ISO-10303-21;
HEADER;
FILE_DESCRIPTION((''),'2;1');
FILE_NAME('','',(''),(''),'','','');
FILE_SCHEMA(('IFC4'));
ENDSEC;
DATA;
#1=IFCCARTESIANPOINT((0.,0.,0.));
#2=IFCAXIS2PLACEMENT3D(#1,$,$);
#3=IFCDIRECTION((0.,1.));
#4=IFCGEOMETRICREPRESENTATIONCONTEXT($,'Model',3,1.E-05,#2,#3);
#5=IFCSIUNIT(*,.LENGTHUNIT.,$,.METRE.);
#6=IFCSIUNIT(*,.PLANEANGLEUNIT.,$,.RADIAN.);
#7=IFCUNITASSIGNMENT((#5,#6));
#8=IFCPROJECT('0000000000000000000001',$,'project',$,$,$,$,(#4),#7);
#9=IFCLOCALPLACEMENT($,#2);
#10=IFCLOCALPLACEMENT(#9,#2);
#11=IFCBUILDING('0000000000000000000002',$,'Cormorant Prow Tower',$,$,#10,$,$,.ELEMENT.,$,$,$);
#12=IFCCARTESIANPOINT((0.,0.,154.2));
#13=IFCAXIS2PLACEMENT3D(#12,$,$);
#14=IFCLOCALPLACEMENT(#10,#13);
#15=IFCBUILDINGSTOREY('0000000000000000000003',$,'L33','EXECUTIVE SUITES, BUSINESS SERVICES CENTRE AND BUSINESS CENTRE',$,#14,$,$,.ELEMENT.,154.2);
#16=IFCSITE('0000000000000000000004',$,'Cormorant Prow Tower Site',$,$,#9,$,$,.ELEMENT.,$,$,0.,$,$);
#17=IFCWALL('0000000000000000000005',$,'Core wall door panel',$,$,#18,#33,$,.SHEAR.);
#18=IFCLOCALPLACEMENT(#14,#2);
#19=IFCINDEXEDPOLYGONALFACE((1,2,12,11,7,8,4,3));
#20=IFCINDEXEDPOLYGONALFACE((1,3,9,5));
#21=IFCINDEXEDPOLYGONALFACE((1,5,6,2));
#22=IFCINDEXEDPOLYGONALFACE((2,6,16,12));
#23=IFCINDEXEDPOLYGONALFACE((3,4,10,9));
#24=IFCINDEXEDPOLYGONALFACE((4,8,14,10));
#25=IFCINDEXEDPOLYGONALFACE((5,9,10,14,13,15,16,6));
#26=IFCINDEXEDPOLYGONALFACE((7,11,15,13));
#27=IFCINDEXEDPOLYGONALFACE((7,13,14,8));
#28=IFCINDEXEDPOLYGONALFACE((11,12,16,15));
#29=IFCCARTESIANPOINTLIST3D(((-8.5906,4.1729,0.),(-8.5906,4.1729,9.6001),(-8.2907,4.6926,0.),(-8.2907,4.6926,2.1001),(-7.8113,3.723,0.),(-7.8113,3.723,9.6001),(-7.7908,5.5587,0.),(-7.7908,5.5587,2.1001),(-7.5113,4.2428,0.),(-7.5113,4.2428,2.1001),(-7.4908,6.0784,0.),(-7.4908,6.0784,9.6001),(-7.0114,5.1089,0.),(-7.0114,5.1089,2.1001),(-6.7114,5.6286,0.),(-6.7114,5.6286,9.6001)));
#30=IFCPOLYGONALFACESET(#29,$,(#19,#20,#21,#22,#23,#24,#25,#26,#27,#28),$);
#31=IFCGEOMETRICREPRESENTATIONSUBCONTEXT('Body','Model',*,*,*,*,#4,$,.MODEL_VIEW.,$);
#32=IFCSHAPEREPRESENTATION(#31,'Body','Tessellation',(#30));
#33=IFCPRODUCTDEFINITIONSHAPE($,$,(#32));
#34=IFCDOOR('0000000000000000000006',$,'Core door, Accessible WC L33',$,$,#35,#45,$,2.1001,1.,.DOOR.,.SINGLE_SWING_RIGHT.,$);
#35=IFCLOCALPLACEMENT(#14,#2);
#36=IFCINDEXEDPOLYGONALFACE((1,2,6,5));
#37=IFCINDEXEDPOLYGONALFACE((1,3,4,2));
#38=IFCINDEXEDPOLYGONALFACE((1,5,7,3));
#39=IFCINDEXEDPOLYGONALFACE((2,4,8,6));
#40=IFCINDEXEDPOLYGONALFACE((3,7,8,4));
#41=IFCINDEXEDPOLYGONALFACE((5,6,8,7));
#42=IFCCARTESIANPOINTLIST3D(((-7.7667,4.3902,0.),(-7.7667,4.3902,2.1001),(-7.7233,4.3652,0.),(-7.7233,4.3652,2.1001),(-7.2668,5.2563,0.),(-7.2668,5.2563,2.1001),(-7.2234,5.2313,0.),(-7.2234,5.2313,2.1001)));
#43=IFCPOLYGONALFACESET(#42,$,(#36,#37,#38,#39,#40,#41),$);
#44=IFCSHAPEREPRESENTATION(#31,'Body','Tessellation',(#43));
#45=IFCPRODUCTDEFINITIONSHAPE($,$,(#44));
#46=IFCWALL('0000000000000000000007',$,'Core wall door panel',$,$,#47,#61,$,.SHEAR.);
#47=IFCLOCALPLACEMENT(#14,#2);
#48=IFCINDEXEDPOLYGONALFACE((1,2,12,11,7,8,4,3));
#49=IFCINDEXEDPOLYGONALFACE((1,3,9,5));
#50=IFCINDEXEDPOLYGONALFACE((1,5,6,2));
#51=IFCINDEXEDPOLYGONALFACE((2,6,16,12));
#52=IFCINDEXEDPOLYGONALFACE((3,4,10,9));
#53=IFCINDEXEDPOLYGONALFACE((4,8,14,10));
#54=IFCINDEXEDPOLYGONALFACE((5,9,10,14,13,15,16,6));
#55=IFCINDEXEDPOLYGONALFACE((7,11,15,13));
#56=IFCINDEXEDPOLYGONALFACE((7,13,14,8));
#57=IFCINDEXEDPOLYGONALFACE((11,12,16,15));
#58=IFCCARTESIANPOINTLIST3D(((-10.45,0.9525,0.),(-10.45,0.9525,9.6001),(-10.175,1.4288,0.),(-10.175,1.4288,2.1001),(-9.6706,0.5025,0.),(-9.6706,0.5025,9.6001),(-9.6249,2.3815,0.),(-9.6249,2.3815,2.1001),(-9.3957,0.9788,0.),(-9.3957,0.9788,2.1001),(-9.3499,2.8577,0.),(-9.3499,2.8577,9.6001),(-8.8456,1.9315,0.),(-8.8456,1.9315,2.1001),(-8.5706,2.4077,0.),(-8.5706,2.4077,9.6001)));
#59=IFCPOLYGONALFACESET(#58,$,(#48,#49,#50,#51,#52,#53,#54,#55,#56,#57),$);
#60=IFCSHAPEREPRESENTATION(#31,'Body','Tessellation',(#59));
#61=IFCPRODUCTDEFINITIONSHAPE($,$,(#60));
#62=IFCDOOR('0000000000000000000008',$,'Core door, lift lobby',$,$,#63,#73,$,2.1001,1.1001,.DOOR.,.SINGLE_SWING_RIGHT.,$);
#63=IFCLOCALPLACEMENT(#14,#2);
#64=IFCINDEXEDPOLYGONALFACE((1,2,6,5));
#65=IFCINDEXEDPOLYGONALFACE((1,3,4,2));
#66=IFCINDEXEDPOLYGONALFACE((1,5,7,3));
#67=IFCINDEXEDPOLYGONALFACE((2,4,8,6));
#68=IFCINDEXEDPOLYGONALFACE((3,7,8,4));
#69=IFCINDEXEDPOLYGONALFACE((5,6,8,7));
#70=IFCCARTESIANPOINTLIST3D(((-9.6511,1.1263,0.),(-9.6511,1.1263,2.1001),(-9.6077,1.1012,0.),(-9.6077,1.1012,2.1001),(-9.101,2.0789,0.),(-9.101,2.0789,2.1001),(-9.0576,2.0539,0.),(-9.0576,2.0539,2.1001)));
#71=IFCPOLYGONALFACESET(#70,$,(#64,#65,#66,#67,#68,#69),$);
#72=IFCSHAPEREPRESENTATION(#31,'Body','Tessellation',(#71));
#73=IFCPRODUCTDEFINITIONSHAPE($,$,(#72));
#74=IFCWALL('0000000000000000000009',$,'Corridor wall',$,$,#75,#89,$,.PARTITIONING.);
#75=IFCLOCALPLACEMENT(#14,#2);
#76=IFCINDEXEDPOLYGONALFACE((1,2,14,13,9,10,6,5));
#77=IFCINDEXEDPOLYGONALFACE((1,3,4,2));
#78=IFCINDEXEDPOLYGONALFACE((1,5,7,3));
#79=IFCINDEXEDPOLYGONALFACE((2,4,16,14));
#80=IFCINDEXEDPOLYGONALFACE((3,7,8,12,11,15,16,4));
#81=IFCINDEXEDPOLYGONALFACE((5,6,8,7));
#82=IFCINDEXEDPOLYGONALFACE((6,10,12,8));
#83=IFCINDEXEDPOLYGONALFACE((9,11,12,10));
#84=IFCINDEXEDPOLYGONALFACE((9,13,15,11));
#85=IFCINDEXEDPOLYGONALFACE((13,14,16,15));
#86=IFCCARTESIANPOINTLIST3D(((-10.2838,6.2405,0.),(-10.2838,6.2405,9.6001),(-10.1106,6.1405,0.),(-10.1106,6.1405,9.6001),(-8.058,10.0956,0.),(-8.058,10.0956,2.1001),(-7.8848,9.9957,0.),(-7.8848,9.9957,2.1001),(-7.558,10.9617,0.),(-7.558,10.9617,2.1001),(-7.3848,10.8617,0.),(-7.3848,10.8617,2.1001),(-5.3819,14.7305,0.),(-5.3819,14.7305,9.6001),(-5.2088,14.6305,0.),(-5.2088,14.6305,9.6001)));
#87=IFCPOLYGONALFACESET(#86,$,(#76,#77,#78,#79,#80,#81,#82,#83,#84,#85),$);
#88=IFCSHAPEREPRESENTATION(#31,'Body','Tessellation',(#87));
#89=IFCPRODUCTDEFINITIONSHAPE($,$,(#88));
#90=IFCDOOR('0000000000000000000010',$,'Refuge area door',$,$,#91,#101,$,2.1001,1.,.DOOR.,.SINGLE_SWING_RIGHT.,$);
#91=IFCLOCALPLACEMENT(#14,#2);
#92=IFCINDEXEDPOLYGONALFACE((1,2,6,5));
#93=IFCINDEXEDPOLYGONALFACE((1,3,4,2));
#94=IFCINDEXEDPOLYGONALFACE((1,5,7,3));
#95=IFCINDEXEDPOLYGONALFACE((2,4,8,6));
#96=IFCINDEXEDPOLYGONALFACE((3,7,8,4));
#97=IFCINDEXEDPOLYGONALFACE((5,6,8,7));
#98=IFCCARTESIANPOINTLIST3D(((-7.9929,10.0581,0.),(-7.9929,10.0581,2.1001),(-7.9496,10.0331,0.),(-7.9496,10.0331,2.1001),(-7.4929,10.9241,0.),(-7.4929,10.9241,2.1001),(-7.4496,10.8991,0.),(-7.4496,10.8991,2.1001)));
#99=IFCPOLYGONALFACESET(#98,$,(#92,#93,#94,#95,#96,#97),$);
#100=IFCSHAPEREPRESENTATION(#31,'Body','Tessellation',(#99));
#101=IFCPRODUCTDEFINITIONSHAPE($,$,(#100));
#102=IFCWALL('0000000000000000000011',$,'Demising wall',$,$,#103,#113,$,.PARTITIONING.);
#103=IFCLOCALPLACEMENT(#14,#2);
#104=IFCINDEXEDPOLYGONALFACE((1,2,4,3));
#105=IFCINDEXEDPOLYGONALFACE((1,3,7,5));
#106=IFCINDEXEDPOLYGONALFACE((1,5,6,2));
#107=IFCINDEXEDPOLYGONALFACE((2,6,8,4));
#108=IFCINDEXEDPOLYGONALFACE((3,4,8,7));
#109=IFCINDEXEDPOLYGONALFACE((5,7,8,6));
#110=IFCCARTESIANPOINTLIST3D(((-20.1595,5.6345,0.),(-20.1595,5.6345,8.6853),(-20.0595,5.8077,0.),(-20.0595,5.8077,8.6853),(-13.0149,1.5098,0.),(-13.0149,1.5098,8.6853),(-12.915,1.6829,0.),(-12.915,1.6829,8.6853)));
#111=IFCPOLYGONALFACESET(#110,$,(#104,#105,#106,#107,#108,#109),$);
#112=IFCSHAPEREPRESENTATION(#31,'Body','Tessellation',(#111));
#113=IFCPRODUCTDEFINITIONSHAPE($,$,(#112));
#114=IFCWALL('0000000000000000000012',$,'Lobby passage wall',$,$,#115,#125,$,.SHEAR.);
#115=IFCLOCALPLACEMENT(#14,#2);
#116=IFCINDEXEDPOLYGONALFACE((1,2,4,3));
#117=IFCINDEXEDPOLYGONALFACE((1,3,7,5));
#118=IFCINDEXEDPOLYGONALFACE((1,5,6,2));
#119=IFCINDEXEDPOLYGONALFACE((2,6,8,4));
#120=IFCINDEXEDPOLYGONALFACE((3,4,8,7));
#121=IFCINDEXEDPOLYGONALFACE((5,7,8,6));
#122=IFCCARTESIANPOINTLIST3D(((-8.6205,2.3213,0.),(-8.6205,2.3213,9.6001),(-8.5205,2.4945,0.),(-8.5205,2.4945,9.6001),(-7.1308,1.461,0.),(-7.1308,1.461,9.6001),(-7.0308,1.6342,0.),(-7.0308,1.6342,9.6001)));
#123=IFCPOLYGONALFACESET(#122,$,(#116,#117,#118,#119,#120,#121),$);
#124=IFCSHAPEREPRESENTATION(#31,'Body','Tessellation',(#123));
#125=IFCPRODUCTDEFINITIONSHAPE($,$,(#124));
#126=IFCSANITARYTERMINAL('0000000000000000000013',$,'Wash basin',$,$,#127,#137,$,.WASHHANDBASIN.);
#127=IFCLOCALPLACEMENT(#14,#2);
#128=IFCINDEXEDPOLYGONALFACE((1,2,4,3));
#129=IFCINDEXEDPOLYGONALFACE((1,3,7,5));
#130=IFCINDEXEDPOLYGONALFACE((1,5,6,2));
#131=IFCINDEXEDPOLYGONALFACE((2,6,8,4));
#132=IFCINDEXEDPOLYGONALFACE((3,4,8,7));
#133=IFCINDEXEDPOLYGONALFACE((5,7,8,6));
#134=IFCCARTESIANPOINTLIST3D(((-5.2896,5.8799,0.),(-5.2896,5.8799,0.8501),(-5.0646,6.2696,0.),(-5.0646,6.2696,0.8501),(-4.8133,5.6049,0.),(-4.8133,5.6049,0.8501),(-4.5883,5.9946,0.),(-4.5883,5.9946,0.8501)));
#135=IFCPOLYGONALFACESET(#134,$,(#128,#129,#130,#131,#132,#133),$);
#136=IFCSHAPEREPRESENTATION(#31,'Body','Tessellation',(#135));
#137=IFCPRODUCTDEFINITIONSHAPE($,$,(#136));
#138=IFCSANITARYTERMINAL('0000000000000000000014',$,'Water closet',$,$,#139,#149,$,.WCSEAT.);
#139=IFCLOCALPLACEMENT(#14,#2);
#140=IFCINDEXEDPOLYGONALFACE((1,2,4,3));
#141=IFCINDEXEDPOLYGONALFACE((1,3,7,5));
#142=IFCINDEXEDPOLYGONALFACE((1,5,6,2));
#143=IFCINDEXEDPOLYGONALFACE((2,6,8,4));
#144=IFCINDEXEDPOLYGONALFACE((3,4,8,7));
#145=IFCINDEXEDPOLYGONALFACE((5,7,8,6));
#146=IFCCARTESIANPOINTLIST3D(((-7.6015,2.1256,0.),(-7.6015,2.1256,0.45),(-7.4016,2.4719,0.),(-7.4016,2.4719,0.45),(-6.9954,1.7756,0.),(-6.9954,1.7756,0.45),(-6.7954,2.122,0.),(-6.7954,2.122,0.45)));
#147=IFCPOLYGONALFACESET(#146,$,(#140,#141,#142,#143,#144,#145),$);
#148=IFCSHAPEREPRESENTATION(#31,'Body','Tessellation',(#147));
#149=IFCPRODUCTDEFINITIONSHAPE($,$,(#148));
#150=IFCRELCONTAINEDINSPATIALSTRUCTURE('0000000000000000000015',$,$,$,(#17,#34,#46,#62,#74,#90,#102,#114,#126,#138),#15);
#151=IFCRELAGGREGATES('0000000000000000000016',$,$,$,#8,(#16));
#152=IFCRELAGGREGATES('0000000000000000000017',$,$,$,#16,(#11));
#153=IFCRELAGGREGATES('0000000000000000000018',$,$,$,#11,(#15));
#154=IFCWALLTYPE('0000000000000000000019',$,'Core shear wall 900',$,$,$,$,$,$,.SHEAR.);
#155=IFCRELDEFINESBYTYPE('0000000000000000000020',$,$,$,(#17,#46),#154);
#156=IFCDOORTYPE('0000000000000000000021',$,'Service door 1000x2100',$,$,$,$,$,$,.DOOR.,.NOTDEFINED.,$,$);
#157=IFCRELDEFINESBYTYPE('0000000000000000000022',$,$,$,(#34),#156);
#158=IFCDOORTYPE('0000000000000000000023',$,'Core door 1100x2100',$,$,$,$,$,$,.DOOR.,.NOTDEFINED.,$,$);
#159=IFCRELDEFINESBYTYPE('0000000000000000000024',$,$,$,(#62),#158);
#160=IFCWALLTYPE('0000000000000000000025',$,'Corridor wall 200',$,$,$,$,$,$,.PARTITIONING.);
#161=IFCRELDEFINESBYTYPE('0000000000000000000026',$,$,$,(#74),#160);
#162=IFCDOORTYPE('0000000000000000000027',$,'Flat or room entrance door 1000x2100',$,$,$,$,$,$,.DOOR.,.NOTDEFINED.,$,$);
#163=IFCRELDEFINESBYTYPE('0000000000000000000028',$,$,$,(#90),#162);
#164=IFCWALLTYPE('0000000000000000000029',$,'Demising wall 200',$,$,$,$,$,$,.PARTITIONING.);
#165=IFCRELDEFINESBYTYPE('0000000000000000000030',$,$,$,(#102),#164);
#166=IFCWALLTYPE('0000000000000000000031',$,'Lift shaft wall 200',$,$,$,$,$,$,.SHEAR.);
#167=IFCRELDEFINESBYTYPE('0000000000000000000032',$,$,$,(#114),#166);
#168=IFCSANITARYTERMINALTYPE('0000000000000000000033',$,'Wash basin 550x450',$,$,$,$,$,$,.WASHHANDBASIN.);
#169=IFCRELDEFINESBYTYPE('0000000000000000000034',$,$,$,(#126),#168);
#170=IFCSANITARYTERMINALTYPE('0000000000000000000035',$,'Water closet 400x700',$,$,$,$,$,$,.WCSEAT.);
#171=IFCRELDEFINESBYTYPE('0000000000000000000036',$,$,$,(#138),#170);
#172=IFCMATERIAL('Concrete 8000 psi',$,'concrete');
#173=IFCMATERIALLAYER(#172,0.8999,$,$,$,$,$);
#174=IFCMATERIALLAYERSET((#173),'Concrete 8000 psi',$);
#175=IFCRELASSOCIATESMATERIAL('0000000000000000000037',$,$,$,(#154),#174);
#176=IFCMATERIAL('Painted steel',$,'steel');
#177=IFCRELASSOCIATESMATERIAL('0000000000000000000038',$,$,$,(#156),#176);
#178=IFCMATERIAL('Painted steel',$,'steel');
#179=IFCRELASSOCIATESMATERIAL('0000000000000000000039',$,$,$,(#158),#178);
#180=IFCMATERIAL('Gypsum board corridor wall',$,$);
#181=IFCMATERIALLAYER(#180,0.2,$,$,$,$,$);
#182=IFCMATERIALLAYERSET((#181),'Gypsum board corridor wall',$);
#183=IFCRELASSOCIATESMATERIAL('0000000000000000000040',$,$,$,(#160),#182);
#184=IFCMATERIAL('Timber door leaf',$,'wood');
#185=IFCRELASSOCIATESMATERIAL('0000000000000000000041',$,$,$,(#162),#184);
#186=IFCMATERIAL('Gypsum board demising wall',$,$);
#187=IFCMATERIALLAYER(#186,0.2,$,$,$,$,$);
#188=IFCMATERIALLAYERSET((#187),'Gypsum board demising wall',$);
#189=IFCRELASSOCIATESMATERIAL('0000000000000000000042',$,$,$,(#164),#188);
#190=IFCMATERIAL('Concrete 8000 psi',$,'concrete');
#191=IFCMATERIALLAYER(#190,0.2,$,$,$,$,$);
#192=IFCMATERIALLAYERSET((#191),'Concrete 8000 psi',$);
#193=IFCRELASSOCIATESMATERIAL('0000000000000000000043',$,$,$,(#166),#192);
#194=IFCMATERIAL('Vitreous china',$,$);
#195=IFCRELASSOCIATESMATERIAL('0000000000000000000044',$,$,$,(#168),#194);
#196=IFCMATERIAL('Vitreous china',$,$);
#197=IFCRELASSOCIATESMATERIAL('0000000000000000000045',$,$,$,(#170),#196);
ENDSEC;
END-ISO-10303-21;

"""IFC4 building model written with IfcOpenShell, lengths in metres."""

from ifc_helpers import new_model, si_unit, direction, frame, frame_2d, origin, origin_2d, place, context, subcontext, project, spatial, rectangle, extrude, material, layer, layer_set, type_object, element, fill, save


model = new_model("IFC4")

# Units and contexts
model_context = context("Model", 3, precision=1e-05, world=origin(), true_north=direction((0.0, 1.0)))
body_context = subcontext(model_context, "Body", "Model", "MODEL_VIEW")
ifc_project = project(units=[si_unit("LENGTHUNIT", "METRE"), si_unit("PLANEANGLEUNIT", "RADIAN")], contexts=[model_context])

# Site, building, storey
site_placement = place(None, origin())
site = spatial("IfcSite", under=ifc_project, at=site_placement, Name="Cormorant Prow Tower Site", CompositionType="ELEMENT", RefElevation=0.0)
building_placement = place(site_placement, origin())
building = spatial("IfcBuilding", under=site, at=building_placement, Name="Cormorant Prow Tower", CompositionType="ELEMENT")
storey_placement = place(building_placement, frame((0.0, 0.0, 154.2)))
storey = spatial("IfcBuildingStorey", under=building, at=storey_placement, Name="L33", Description="EXECUTIVE SUITES, BUSINESS SERVICES CENTRE AND BUSINESS CENTRE", CompositionType="ELEMENT", Elevation=154.2)

# Shared definitions
ifc_material_1 = material(Name="Concrete 8000 psi", Category="concrete")
ifc_layer_1 = layer(ifc_material_1, 0.8999)
ifc_layer_set_1 = layer_set([ifc_layer_1], Name="Concrete 8000 psi")
wall_type_1 = type_object("IfcWallType", Name="Core shear wall 900", PredefinedType="SHEAR", material=ifc_layer_set_1)

# Walls, openings, doors
wall_1_placement = place(storey_placement, frame((-7.1011, 5.8535, 0.0), z_axis=(0.0, 0.0, 1.0), x_axis=(-0.499899, -0.866084, 0.0)))
wall_1 = element("IfcWall", 1, at=wall_1_placement, inside=storey, type_object=wall_type_1, Name="Core wall door panel", PredefinedType="SHEAR", context=body_context, shape_type="SweptSolid", body=[
    extrude(rectangle(XDim=2.2002, YDim=0.8999, at=frame_2d((1.1001, 0.0))), origin(), (0.0, 0.0, 1.0), 9.6001),
])
opening_1_placement = place(wall_1_placement, frame((0.6001, 0.0, 0.0)))
opening_1 = element("IfcOpeningElement", 2, at=opening_1_placement, cuts=wall_1, PredefinedType="OPENING", context=body_context, shape_type="SweptSolid", body=[
    extrude(rectangle(XDim=1.0, YDim=2.1001, at=frame_2d((0.5, 1.05))), frame((0.0, 0.46, 0.0), z_axis=(0.0, -1.0, 0.0), x_axis=(1.0, 0.0, 0.0)), (0.0, 0.0, 1.0), 0.9199),
])
ifc_material_2 = material(Name="Painted steel", Category="steel")
door_type_1 = type_object("IfcDoorType", Name="Service door 1000x2100", OperationType="NOTDEFINED", PredefinedType="DOOR", material=ifc_material_2)
door_1_placement = place(opening_1_placement, origin())
door_1 = element("IfcDoor", 3, at=door_1_placement, inside=storey, type_object=door_type_1, Name="Core door, Accessible WC L33", OperationType="SINGLE_SWING_RIGHT", OverallHeight=2.1001, OverallWidth=1.0, PredefinedType="DOOR", context=body_context, shape_type="SweptSolid", body=[
    extrude(rectangle(XDim=1.0, YDim=2.1001, at=frame_2d((0.5, 1.05))), frame((0.0, 0.2051, 0.0), z_axis=(0.0, -1.0, 0.0), x_axis=(1.0, 0.0, 0.0)), (0.0, 0.0, 1.0), 0.05),
])
fill(opening_1, door_1)
wall_2_placement = place(storey_placement, frame((-8.9602, 2.6328, 0.0), z_axis=(0.0, 0.0, 1.0), x_axis=(-0.50003, -0.866008, 0.0)))
wall_2 = element("IfcWall", 4, at=wall_2_placement, inside=storey, type_object=wall_type_1, Name="Core wall door panel", PredefinedType="SHEAR", context=body_context, shape_type="SweptSolid", body=[
    extrude(rectangle(XDim=2.2, YDim=0.8999, at=frame_2d((1.1001, 0.0))), origin(), (0.0, 0.0, 1.0), 9.6001),
])
opening_2_placement = place(wall_2_placement, frame((0.55, 0.0, 0.0)))
opening_2 = element("IfcOpeningElement", 5, at=opening_2_placement, cuts=wall_2, PredefinedType="OPENING", context=body_context, shape_type="SweptSolid", body=[
    extrude(rectangle(XDim=1.1001, YDim=2.1001, at=frame_2d((0.55, 1.05))), frame((0.0, 0.46, 0.0), z_axis=(0.0, -1.0, 0.0), x_axis=(1.0, 0.0, 0.0)), (0.0, 0.0, 1.0), 0.9199),
])
ifc_material_3 = material(Name="Painted steel", Category="steel")
door_type_2 = type_object("IfcDoorType", Name="Core door 1100x2100", OperationType="NOTDEFINED", PredefinedType="DOOR", material=ifc_material_3)
door_2_placement = place(opening_2_placement, origin())
door_2 = element("IfcDoor", 6, at=door_2_placement, inside=storey, type_object=door_type_2, Name="Core door, lift lobby", OperationType="SINGLE_SWING_RIGHT", OverallHeight=2.1001, OverallWidth=1.1001, PredefinedType="DOOR", context=body_context, shape_type="SweptSolid", body=[
    extrude(rectangle(XDim=1.1001, YDim=2.1001, at=frame_2d((0.55, 1.05))), frame((0.0, 0.2051, 0.0), z_axis=(0.0, -1.0, 0.0), x_axis=(1.0, 0.0, 0.0)), (0.0, 0.0, 1.0), 0.05),
])
fill(opening_2, door_2)
ifc_material_4 = material(Name="Gypsum board corridor wall")
ifc_layer_2 = layer(ifc_material_4, 0.2)
ifc_layer_set_2 = layer_set([ifc_layer_2], Name="Gypsum board corridor wall")
wall_type_2 = type_object("IfcWallType", Name="Corridor wall 200", PredefinedType="PARTITIONING", material=ifc_layer_set_2)
wall_3_placement = place(storey_placement, frame((-10.1973, 6.1904, 0.0), z_axis=(0.0, 0.0, 1.0), x_axis=(0.500012, 0.866018, 0.0)))
wall_3 = element("IfcWall", 7, at=wall_3_placement, inside=storey, type_object=wall_type_2, Name="Corridor wall", PredefinedType="PARTITIONING", context=body_context, shape_type="SweptSolid", body=[
    extrude(rectangle(XDim=9.8035, YDim=0.2, at=frame_2d((4.9019, 0.0))), origin(), (0.0, 0.0, 1.0), 9.6001),
])
opening_3_placement = place(wall_3_placement, frame((4.4517, 0.0, 0.0)))
opening_3 = element("IfcOpeningElement", 8, at=opening_3_placement, cuts=wall_3, PredefinedType="OPENING", context=body_context, shape_type="SweptSolid", body=[
    extrude(rectangle(XDim=1.0, YDim=2.1001, at=frame_2d((0.5, 1.05))), frame((0.0, 0.1099, 0.0), z_axis=(0.0, -1.0, 0.0), x_axis=(1.0, 0.0, 0.0)), (0.0, 0.0, 1.0), 0.22),
])
ifc_material_5 = material(Name="Timber door leaf", Category="wood")
door_type_3 = type_object("IfcDoorType", Name="Flat or room entrance door 1000x2100", OperationType="NOTDEFINED", PredefinedType="DOOR", material=ifc_material_5)
door_3_placement = place(opening_3_placement, origin())
door_3 = element("IfcDoor", 9, at=door_3_placement, inside=storey, type_object=door_type_3, Name="Refuge area door", OperationType="SINGLE_SWING_RIGHT", OverallHeight=2.1001, OverallWidth=1.0, PredefinedType="DOOR", context=body_context, shape_type="SweptSolid", body=[
    extrude(rectangle(XDim=1.0, YDim=2.1001, at=frame_2d((0.5, 1.05))), frame((0.0, 0.0249, 0.0), z_axis=(0.0, -1.0, 0.0), x_axis=(1.0, 0.0, 0.0)), (0.0, 0.0, 1.0), 0.05),
])
fill(opening_3, door_3)

# Walls
ifc_material_6 = material(Name="Gypsum board demising wall")
ifc_layer_3 = layer(ifc_material_6, 0.2)
ifc_layer_set_3 = layer_set([ifc_layer_3], Name="Gypsum board demising wall")
wall_type_3 = type_object("IfcWallType", Name="Demising wall 200", PredefinedType="PARTITIONING", material=ifc_layer_set_3)
wall_4_placement = place(storey_placement, frame((-20.1096, 5.7212, 0.0), z_axis=(0.0, 0.0, 1.0), x_axis=(0.866033, -0.499987, 0.0)))
element("IfcWall", 10, at=wall_4_placement, inside=storey, type_object=wall_type_3, Name="Demising wall", PredefinedType="PARTITIONING", context=body_context, shape_type="SweptSolid", body=[
    extrude(rectangle(XDim=8.2498, YDim=0.2, at=frame_2d((4.125, 0.0))), origin(), (0.0, 0.0, 1.0), 8.6853),
])
ifc_material_7 = material(Name="Concrete 8000 psi", Category="concrete")
ifc_layer_4 = layer(ifc_material_7, 0.2)
ifc_layer_set_4 = layer_set([ifc_layer_4], Name="Concrete 8000 psi")
wall_type_4 = type_object("IfcWallType", Name="Lift shaft wall 200", PredefinedType="SHEAR", material=ifc_layer_set_4)
wall_5_placement = place(storey_placement, frame((-7.0808, 1.5476, 0.0), z_axis=(0.0, 0.0, 1.0), x_axis=(-0.865963, 0.500107, 0.0)))
element("IfcWall", 11, at=wall_5_placement, inside=storey, type_object=wall_type_4, Name="Lobby passage wall", PredefinedType="SHEAR", context=body_context, shape_type="SweptSolid", body=[
    extrude(rectangle(XDim=1.7202, YDim=0.2, at=frame_2d((0.8601, 0.0))), origin(), (0.0, 0.0, 1.0), 9.6001),
])

# Sanitary terminals
ifc_material_8 = material(Name="Vitreous china")
sanitary_terminal_type_1 = type_object("IfcSanitaryTerminalType", Name="Wash basin 550x450", PredefinedType="WASHHANDBASIN", material=ifc_material_8)
sanitary_terminal_1_placement = place(storey_placement, frame((-4.939, 5.9373, 0.0), z_axis=(0.0, 0.0, 1.0), x_axis=(-0.866008, 0.50003, 0.0)))
element("IfcSanitaryTerminal", 12, at=sanitary_terminal_1_placement, inside=storey, type_object=sanitary_terminal_type_1, Name="Wash basin", PredefinedType="WASHHANDBASIN", context=body_context, shape_type="SweptSolid", body=[
    extrude(rectangle(XDim=0.55, YDim=0.45, at=origin_2d()), origin(), (0.0, 0.0, 1.0), 0.8501),
])
ifc_material_9 = material(Name="Vitreous china")
sanitary_terminal_type_2 = type_object("IfcSanitaryTerminalType", Name="Water closet 400x700", PredefinedType="WCSEAT", material=ifc_material_9)
sanitary_terminal_2_placement = place(storey_placement, frame((-7.1985, 2.1238, 0.0), z_axis=(0.0, 0.0, 1.0), x_axis=(0.5, 0.866025, 0.0)))
element("IfcSanitaryTerminal", 13, at=sanitary_terminal_2_placement, inside=storey, type_object=sanitary_terminal_type_2, Name="Water closet", PredefinedType="WCSEAT", context=body_context, shape_type="SweptSolid", body=[
    extrude(rectangle(XDim=0.3999, YDim=0.7, at=origin_2d()), origin(), (0.0, 0.0, 1.0), 0.45),
])

save(model, "model.ifc")
